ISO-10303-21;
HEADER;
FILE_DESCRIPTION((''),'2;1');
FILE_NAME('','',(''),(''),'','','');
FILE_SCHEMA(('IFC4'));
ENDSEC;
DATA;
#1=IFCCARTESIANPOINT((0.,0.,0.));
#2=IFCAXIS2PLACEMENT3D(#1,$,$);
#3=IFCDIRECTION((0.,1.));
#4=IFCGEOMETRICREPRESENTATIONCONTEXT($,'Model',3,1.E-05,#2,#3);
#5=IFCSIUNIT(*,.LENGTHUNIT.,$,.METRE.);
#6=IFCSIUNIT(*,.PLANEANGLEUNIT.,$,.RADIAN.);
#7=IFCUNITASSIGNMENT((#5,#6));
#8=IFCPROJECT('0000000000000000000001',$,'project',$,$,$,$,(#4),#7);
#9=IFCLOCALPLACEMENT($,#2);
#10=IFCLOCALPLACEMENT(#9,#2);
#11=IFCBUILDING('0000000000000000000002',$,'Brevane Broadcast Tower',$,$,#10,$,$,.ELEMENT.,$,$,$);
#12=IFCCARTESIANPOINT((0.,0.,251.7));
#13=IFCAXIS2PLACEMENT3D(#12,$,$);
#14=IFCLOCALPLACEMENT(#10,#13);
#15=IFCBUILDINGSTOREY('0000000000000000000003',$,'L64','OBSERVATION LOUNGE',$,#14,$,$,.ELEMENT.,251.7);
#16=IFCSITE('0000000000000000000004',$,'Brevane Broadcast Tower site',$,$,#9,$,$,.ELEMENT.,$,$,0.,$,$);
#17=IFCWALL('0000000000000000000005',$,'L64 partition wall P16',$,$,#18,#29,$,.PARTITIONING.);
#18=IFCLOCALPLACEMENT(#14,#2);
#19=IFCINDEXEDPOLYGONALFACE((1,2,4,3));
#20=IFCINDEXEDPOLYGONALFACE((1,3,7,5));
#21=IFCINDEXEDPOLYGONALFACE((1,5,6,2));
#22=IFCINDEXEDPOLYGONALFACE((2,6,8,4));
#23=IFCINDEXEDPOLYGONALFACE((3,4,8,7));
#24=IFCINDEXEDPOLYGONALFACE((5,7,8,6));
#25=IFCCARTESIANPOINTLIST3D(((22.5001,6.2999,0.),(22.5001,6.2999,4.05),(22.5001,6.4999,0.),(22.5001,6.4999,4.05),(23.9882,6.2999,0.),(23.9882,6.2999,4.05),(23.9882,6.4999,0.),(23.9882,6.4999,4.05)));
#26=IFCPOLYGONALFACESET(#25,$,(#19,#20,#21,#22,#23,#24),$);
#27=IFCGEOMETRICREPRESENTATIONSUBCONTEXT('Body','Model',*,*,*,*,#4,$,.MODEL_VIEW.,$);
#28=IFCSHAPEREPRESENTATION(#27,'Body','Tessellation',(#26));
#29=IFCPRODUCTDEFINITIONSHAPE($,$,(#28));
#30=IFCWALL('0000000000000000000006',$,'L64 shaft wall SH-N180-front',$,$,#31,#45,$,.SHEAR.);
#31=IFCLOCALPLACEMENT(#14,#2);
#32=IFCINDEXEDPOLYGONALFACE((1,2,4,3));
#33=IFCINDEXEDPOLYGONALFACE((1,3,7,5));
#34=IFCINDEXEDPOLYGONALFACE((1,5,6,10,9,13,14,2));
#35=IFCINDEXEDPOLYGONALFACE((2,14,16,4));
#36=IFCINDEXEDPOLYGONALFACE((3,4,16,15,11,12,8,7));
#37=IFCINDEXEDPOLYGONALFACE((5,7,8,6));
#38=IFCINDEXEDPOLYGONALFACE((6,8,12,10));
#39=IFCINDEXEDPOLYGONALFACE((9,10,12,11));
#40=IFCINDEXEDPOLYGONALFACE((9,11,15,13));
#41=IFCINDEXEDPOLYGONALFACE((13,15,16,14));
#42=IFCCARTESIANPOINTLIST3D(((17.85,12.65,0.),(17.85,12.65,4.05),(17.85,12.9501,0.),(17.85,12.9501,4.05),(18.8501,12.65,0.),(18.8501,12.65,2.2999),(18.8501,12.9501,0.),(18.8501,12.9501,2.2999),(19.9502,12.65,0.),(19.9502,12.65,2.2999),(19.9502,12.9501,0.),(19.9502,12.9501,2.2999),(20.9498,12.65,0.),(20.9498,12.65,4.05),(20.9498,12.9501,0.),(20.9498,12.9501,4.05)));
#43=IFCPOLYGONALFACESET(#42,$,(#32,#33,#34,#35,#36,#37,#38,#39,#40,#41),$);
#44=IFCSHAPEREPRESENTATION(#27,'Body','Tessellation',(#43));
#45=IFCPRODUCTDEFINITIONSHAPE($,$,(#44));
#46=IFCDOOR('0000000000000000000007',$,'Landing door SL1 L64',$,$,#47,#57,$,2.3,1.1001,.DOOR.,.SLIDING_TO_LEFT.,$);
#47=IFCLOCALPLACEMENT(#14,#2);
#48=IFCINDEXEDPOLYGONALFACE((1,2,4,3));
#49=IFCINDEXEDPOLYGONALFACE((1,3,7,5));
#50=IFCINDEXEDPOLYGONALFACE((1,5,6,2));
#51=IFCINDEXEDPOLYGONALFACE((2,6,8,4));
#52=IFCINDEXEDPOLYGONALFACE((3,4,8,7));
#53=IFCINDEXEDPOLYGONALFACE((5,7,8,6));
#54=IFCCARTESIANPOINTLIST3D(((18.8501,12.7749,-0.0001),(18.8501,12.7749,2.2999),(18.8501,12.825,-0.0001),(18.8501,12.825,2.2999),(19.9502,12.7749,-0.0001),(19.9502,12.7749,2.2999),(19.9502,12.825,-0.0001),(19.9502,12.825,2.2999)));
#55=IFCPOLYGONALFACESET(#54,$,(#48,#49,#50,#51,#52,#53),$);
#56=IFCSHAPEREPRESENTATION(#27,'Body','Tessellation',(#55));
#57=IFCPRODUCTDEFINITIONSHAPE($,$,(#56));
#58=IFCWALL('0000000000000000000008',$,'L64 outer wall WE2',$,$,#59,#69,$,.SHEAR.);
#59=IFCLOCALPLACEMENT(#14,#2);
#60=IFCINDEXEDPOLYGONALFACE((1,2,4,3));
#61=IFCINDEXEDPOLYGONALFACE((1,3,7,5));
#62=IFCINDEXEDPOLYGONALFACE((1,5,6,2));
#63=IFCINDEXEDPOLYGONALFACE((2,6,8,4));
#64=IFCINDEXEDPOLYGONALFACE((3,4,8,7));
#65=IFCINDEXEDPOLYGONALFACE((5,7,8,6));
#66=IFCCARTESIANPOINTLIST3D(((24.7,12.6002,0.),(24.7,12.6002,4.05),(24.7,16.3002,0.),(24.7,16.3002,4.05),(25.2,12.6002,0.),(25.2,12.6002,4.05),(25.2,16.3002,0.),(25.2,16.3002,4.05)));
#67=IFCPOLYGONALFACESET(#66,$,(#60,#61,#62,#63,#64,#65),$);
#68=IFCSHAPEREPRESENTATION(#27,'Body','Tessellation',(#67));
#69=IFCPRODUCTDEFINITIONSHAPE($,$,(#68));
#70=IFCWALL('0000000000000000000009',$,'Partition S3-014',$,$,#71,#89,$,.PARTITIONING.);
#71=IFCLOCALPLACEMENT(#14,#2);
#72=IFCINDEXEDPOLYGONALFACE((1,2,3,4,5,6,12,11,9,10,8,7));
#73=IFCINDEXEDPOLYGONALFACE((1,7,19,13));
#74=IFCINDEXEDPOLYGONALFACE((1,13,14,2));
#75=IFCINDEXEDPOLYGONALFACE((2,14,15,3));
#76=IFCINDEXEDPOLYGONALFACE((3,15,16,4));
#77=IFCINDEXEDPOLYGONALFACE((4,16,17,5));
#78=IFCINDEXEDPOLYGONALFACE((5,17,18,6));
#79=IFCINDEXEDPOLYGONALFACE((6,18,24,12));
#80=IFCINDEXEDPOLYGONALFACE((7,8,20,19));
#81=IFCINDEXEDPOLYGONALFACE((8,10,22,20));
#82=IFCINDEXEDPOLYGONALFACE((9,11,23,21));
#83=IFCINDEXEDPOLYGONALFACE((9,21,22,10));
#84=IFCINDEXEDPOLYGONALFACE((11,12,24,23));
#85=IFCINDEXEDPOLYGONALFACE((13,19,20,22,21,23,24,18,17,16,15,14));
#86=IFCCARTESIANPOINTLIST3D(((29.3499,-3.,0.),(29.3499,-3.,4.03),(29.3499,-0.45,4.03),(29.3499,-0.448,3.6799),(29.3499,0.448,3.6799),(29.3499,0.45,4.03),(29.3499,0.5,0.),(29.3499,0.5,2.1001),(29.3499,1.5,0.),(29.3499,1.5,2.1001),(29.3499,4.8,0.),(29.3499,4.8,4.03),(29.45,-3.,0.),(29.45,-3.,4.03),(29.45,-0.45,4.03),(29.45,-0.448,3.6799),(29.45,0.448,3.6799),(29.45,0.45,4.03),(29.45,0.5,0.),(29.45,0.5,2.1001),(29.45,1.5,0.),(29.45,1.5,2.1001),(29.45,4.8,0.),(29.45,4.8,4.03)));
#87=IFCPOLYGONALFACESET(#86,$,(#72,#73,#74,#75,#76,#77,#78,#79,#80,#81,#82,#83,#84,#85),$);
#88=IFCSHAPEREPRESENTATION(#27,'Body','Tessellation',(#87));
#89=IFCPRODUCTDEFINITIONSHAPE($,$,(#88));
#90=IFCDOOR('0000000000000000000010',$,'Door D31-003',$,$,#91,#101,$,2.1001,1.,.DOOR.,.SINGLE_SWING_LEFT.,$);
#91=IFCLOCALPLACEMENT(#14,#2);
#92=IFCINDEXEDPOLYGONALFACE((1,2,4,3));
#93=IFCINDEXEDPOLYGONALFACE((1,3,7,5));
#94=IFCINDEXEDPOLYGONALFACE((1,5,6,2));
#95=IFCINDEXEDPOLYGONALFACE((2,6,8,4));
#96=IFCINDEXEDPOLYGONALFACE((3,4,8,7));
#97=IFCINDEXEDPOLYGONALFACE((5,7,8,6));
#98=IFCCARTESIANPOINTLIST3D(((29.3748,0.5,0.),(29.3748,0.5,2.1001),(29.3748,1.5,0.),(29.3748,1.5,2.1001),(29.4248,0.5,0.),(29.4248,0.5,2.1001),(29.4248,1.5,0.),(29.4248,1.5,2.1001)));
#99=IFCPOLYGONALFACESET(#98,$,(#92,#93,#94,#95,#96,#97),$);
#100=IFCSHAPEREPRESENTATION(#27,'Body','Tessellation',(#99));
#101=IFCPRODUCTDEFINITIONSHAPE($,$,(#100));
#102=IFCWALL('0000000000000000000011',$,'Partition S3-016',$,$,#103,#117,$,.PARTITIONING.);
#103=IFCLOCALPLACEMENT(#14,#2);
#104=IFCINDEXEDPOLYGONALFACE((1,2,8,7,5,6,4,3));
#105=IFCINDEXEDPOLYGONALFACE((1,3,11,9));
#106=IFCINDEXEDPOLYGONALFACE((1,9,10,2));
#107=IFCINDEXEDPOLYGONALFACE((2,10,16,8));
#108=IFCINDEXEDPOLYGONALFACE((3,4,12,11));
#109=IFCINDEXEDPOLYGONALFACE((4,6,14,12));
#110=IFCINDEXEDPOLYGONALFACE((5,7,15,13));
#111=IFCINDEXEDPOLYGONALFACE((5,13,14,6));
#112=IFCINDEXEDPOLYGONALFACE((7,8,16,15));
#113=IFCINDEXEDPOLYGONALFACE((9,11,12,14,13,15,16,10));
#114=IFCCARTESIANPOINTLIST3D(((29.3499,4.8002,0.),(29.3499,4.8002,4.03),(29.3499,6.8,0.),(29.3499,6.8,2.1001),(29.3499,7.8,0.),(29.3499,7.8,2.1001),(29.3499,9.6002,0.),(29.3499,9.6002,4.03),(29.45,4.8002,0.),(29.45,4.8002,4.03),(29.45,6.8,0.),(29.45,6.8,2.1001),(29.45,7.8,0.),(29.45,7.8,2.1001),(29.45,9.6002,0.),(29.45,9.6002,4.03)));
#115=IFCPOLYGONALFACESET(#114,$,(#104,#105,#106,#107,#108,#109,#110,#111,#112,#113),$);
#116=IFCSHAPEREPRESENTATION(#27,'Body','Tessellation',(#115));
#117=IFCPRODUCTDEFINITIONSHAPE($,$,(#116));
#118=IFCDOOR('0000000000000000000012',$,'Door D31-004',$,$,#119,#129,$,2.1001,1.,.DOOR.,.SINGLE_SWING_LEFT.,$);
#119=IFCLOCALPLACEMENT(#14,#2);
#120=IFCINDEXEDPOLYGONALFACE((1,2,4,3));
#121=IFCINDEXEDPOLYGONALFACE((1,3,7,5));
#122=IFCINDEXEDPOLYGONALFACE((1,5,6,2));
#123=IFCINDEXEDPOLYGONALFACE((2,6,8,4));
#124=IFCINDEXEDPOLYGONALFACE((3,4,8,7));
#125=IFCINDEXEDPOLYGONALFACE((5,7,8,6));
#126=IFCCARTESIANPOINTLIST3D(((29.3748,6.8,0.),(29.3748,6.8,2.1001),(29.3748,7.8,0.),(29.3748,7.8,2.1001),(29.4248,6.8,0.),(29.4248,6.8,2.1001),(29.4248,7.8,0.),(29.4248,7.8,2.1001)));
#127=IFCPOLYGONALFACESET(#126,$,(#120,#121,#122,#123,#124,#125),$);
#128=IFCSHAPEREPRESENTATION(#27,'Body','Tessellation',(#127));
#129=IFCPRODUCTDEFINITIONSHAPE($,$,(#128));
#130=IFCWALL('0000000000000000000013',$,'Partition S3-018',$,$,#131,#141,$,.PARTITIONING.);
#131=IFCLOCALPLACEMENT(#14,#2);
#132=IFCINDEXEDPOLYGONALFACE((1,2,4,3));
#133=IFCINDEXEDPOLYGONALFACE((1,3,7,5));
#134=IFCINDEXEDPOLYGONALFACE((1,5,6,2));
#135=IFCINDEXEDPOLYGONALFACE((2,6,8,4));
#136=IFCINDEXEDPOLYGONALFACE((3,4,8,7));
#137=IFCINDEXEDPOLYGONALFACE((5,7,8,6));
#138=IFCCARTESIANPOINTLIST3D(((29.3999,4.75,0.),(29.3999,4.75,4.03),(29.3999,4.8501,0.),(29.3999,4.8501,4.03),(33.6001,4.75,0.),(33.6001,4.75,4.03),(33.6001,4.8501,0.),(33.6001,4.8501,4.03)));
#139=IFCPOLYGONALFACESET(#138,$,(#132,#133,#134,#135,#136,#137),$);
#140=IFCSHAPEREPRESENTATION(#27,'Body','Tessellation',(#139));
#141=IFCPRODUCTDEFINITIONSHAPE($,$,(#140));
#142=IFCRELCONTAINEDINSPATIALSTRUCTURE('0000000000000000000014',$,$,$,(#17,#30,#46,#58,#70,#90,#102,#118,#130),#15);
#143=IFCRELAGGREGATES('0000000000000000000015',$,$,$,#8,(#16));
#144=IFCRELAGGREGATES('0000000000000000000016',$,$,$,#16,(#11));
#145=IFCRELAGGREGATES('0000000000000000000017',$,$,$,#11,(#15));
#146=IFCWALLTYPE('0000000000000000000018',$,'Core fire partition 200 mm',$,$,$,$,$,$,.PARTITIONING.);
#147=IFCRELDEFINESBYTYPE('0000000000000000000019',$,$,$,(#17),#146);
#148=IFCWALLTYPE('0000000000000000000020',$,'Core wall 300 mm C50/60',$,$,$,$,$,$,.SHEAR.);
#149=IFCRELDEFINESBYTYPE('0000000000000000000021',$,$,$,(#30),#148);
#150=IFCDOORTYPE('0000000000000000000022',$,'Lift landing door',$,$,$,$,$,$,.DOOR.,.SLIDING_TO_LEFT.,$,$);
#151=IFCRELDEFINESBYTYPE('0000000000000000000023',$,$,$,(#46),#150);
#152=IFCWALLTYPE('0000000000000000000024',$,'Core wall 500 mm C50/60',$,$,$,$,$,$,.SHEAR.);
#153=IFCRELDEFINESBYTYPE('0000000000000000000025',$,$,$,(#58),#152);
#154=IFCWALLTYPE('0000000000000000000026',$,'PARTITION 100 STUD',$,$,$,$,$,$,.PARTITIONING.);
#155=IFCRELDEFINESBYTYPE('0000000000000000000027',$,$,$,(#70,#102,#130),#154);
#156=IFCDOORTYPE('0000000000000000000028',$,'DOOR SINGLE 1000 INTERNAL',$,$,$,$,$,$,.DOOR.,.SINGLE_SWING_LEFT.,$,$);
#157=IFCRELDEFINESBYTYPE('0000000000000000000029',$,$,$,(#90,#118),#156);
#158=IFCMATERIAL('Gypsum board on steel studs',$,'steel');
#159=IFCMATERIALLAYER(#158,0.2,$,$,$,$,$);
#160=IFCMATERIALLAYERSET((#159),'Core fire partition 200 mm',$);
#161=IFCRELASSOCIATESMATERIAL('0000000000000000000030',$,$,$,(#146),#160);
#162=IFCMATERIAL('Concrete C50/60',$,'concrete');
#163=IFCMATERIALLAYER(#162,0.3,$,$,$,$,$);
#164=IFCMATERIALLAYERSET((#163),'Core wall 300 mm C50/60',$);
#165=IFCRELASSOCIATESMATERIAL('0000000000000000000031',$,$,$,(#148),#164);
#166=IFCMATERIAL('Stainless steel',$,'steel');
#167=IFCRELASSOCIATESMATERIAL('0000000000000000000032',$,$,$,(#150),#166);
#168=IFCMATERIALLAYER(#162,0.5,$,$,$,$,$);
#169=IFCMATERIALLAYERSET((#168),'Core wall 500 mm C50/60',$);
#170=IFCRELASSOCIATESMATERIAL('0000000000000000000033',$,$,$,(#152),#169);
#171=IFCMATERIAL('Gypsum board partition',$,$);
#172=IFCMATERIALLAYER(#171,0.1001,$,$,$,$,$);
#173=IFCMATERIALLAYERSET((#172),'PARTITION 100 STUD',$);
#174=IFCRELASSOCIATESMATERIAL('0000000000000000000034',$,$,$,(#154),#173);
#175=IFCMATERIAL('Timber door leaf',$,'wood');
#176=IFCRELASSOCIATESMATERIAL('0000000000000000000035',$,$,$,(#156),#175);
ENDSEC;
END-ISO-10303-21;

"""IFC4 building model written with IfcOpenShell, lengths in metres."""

from ifc_helpers import new_model, si_unit, direction, frame, frame_2d, origin, place, context, subcontext, project, spatial, polyline, rectangle, outline, extrude, material, layer, layer_set, type_object, element, fill, save


model = new_model("IFC4")

# Units and contexts
model_context = context("Model", 3, precision=1e-05, world=origin(), true_north=direction((0.0, 1.0)))
body_context = subcontext(model_context, "Body", "Model", "MODEL_VIEW")
ifc_project = project(units=[si_unit("LENGTHUNIT", "METRE"), si_unit("PLANEANGLEUNIT", "RADIAN")], contexts=[model_context])

# Site, building, storey
site_placement = place(None, origin())
site = spatial("IfcSite", under=ifc_project, at=site_placement, Name="Brevane Broadcast Tower site", CompositionType="ELEMENT", RefElevation=0.0)
building_placement = place(site_placement, origin())
building = spatial("IfcBuilding", under=site, at=building_placement, Name="Brevane Broadcast Tower", CompositionType="ELEMENT")
storey_placement = place(building_placement, frame((0.0, 0.0, 251.7)))
storey = spatial("IfcBuildingStorey", under=building, at=storey_placement, Name="L64", Description="OBSERVATION LOUNGE", CompositionType="ELEMENT", Elevation=251.7)

# Shared definitions
ifc_material_1 = material(Name="Gypsum board on steel studs", Category="steel")

# Shared definitions
ifc_layer_1 = layer(ifc_material_1, 0.2)
ifc_layer_set_1 = layer_set([ifc_layer_1], Name="Core fire partition 200 mm")
wall_type_1 = type_object("IfcWallType", Name="Core fire partition 200 mm", PredefinedType="PARTITIONING", material=ifc_layer_set_1)

# Wall
wall_1_placement = place(storey_placement, frame((22.5, 6.3999, 0.0), z_axis=(0.0, 0.0, 1.0), x_axis=(1.0, 0.0, 0.0)))
element("IfcWall", 1, at=wall_1_placement, inside=storey, type_object=wall_type_1, Name="L64 partition wall P16", PredefinedType="PARTITIONING", context=body_context, shape_type="SweptSolid", body=[
    extrude(rectangle(XDim=1.488, YDim=0.2, at=frame_2d((0.7441, 0.0))), origin(), (0.0, 0.0, 1.0), 4.05),
])

# Wall, opening, door
ifc_material_2 = material(Name="Concrete C50/60", Category="concrete")
ifc_layer_2 = layer(ifc_material_2, 0.3)
ifc_layer_set_2 = layer_set([ifc_layer_2], Name="Core wall 300 mm C50/60")
wall_type_2 = type_object("IfcWallType", Name="Core wall 300 mm C50/60", PredefinedType="SHEAR", material=ifc_layer_set_2)
wall_2_placement = place(storey_placement, frame((17.8501, 12.8, 0.0), z_axis=(0.0, 0.0, 1.0), x_axis=(1.0, 0.0, 0.0)))
wall_2 = element("IfcWall", 2, at=wall_2_placement, inside=storey, type_object=wall_type_2, Name="L64 shaft wall SH-N180-front", PredefinedType="SHEAR", context=body_context, shape_type="SweptSolid", body=[
    extrude(rectangle(XDim=3.0999, YDim=0.3, at=frame_2d((1.5498, 0.0))), origin(), (0.0, 0.0, 1.0), 4.05),
])
opening_1_placement = place(wall_2_placement, frame((1.0, 0.0, 0.0)))
opening_1 = element("IfcOpeningElement", 3, at=opening_1_placement, cuts=wall_2, PredefinedType="OPENING", context=body_context, shape_type="SweptSolid", body=[
    extrude(rectangle(XDim=1.1001, YDim=2.3, at=frame_2d((0.55, 1.1499))), frame((0.0, 0.1599, 0.0), z_axis=(0.0, -1.0, 0.0), x_axis=(1.0, 0.0, 0.0)), (0.0, 0.0, 1.0), 0.3201),
])
ifc_material_3 = material(Name="Stainless steel", Category="steel")
door_type_1 = type_object("IfcDoorType", Name="Lift landing door", OperationType="SLIDING_TO_LEFT", PredefinedType="DOOR", material=ifc_material_3)
door_1_placement = place(opening_1_placement, origin())
door_1 = element("IfcDoor", 4, at=door_1_placement, inside=storey, type_object=door_type_1, Name="Landing door SL1 L64", OperationType="SLIDING_TO_LEFT", OverallHeight=2.3, OverallWidth=1.1001, PredefinedType="DOOR", context=body_context, shape_type="SweptSolid", body=[
    extrude(rectangle(XDim=1.1001, YDim=2.3, at=frame_2d((0.55, 1.1499))), frame((0.0, 0.0249, 0.0), z_axis=(0.0, -1.0, 0.0), x_axis=(1.0, 0.0, 0.0)), (0.0, 0.0, 1.0), 0.05),
])
fill(opening_1, door_1)

# Wall
ifc_layer_3 = layer(ifc_material_2, 0.5)
ifc_layer_set_3 = layer_set([ifc_layer_3], Name="Core wall 500 mm C50/60")
wall_type_3 = type_object("IfcWallType", Name="Core wall 500 mm C50/60", PredefinedType="SHEAR", material=ifc_layer_set_3)
wall_3_placement = place(storey_placement, frame((24.95, 12.6001, 0.0), z_axis=(0.0, 0.0, 1.0), x_axis=(0.0, 1.0, 0.0)))
element("IfcWall", 5, at=wall_3_placement, inside=storey, type_object=wall_type_3, Name="L64 outer wall WE2", PredefinedType="SHEAR", context=body_context, shape_type="SweptSolid", body=[
    extrude(rectangle(XDim=3.7, YDim=0.5, at=frame_2d((1.8501, 0.0))), origin(), (0.0, 0.0, 1.0), 4.05),
])

# Walls, openings, doors
ifc_material_4 = material(Name="Gypsum board partition")
ifc_layer_4 = layer(ifc_material_4, 0.1001)
ifc_layer_set_4 = layer_set([ifc_layer_4], Name="PARTITION 100 STUD")
wall_type_4 = type_object("IfcWallType", Name="PARTITION 100 STUD", PredefinedType="PARTITIONING", material=ifc_layer_set_4)
wall_4_placement = place(storey_placement, frame((29.3999, 4.8, 0.0), z_axis=(0.0, 0.0, 1.0), x_axis=(0.0, -1.0, 0.0)))
wall_4 = element("IfcWall", 6, at=wall_4_placement, inside=storey, type_object=wall_type_4, Name="Partition S3-014", PredefinedType="PARTITIONING", context=body_context, shape_type="SweptSolid", body=[
    extrude(outline(polyline([(0.0, 0.0), (7.8, 0.0), (7.8, 4.03), (5.25, 4.03), (5.248, 3.6799), (4.3521, 3.6799), (4.3501, 4.03), (0.0, 4.03), (0.0, 0.0)])), frame((0.0, 0.05, 0.0), z_axis=(0.0, -1.0, 0.0), x_axis=(1.0, 0.0, 0.0)), (0.0, 0.0, 1.0), 0.1001),
])
opening_2_placement = place(wall_4_placement, frame((3.3, 0.0, 0.0)))
opening_2 = element("IfcOpeningElement", 7, at=opening_2_placement, cuts=wall_4, PredefinedType="OPENING", context=body_context, shape_type="SweptSolid", body=[
    extrude(rectangle(XDim=1.0, YDim=2.1001, at=frame_2d((0.5, 1.05))), frame((0.0, 0.0601, 0.0), z_axis=(0.0, -1.0, 0.0), x_axis=(1.0, 0.0, 0.0)), (0.0, 0.0, 1.0), 0.1201),
])
ifc_material_5 = material(Name="Timber door leaf", Category="wood")
door_type_2 = type_object("IfcDoorType", Name="DOOR SINGLE 1000 INTERNAL", OperationType="SINGLE_SWING_LEFT", PredefinedType="DOOR", material=ifc_material_5)
door_2_placement = place(opening_2_placement, origin())
door_2 = element("IfcDoor", 8, at=door_2_placement, inside=storey, type_object=door_type_2, Name="Door D31-003", OperationType="SINGLE_SWING_LEFT", OverallHeight=2.1001, OverallWidth=1.0, PredefinedType="DOOR", context=body_context, shape_type="SweptSolid", body=[
    extrude(rectangle(XDim=1.0, YDim=2.1001, at=frame_2d((0.5, 1.05))), frame((0.0, 0.0249, 0.0), z_axis=(0.0, -1.0, 0.0), x_axis=(1.0, 0.0, 0.0)), (0.0, 0.0, 1.0), 0.05),
])
fill(opening_2, door_2)
wall_5_placement = place(storey_placement, frame((29.3999, 9.6001, 0.0), z_axis=(0.0, 0.0, 1.0), x_axis=(0.0, -1.0, 0.0)))
wall_5 = element("IfcWall", 9, at=wall_5_placement, inside=storey, type_object=wall_type_4, Name="Partition S3-016", PredefinedType="PARTITIONING", context=body_context, shape_type="SweptSolid", body=[
    extrude(rectangle(XDim=4.8, YDim=0.1001, at=frame_2d((2.3999, 0.0))), origin(), (0.0, 0.0, 1.0), 4.03),
])
opening_3_placement = place(wall_5_placement, frame((1.8, 0.0, 0.0)))
opening_3 = element("IfcOpeningElement", 10, at=opening_3_placement, cuts=wall_5, PredefinedType="OPENING", context=body_context, shape_type="SweptSolid", body=[
    extrude(rectangle(XDim=1.0, YDim=2.1001, at=frame_2d((0.5, 1.05))), frame((0.0, 0.0601, 0.0), z_axis=(0.0, -1.0, 0.0), x_axis=(1.0, 0.0, 0.0)), (0.0, 0.0, 1.0), 0.1201),
])
door_3_placement = place(opening_3_placement, origin())
door_3 = element("IfcDoor", 11, at=door_3_placement, inside=storey, type_object=door_type_2, Name="Door D31-004", OperationType="SINGLE_SWING_LEFT", OverallHeight=2.1001, OverallWidth=1.0, PredefinedType="DOOR", context=body_context, shape_type="SweptSolid", body=[
    extrude(rectangle(XDim=1.0, YDim=2.1001, at=frame_2d((0.5, 1.05))), frame((0.0, 0.0249, 0.0), z_axis=(0.0, -1.0, 0.0), x_axis=(1.0, 0.0, 0.0)), (0.0, 0.0, 1.0), 0.05),
])
fill(opening_3, door_3)

# Wall
wall_6_placement = place(storey_placement, frame((29.3999, 4.8, 0.0), z_axis=(0.0, 0.0, 1.0), x_axis=(1.0, 0.0, 0.0)))
element("IfcWall", 12, at=wall_6_placement, inside=storey, type_object=wall_type_4, Name="Partition S3-018", PredefinedType="PARTITIONING", context=body_context, shape_type="SweptSolid", body=[
    extrude(rectangle(XDim=4.2002, YDim=0.1001, at=frame_2d((2.1001, 0.0))), origin(), (0.0, 0.0, 1.0), 4.03),
])

save(model, "model.ifc")
